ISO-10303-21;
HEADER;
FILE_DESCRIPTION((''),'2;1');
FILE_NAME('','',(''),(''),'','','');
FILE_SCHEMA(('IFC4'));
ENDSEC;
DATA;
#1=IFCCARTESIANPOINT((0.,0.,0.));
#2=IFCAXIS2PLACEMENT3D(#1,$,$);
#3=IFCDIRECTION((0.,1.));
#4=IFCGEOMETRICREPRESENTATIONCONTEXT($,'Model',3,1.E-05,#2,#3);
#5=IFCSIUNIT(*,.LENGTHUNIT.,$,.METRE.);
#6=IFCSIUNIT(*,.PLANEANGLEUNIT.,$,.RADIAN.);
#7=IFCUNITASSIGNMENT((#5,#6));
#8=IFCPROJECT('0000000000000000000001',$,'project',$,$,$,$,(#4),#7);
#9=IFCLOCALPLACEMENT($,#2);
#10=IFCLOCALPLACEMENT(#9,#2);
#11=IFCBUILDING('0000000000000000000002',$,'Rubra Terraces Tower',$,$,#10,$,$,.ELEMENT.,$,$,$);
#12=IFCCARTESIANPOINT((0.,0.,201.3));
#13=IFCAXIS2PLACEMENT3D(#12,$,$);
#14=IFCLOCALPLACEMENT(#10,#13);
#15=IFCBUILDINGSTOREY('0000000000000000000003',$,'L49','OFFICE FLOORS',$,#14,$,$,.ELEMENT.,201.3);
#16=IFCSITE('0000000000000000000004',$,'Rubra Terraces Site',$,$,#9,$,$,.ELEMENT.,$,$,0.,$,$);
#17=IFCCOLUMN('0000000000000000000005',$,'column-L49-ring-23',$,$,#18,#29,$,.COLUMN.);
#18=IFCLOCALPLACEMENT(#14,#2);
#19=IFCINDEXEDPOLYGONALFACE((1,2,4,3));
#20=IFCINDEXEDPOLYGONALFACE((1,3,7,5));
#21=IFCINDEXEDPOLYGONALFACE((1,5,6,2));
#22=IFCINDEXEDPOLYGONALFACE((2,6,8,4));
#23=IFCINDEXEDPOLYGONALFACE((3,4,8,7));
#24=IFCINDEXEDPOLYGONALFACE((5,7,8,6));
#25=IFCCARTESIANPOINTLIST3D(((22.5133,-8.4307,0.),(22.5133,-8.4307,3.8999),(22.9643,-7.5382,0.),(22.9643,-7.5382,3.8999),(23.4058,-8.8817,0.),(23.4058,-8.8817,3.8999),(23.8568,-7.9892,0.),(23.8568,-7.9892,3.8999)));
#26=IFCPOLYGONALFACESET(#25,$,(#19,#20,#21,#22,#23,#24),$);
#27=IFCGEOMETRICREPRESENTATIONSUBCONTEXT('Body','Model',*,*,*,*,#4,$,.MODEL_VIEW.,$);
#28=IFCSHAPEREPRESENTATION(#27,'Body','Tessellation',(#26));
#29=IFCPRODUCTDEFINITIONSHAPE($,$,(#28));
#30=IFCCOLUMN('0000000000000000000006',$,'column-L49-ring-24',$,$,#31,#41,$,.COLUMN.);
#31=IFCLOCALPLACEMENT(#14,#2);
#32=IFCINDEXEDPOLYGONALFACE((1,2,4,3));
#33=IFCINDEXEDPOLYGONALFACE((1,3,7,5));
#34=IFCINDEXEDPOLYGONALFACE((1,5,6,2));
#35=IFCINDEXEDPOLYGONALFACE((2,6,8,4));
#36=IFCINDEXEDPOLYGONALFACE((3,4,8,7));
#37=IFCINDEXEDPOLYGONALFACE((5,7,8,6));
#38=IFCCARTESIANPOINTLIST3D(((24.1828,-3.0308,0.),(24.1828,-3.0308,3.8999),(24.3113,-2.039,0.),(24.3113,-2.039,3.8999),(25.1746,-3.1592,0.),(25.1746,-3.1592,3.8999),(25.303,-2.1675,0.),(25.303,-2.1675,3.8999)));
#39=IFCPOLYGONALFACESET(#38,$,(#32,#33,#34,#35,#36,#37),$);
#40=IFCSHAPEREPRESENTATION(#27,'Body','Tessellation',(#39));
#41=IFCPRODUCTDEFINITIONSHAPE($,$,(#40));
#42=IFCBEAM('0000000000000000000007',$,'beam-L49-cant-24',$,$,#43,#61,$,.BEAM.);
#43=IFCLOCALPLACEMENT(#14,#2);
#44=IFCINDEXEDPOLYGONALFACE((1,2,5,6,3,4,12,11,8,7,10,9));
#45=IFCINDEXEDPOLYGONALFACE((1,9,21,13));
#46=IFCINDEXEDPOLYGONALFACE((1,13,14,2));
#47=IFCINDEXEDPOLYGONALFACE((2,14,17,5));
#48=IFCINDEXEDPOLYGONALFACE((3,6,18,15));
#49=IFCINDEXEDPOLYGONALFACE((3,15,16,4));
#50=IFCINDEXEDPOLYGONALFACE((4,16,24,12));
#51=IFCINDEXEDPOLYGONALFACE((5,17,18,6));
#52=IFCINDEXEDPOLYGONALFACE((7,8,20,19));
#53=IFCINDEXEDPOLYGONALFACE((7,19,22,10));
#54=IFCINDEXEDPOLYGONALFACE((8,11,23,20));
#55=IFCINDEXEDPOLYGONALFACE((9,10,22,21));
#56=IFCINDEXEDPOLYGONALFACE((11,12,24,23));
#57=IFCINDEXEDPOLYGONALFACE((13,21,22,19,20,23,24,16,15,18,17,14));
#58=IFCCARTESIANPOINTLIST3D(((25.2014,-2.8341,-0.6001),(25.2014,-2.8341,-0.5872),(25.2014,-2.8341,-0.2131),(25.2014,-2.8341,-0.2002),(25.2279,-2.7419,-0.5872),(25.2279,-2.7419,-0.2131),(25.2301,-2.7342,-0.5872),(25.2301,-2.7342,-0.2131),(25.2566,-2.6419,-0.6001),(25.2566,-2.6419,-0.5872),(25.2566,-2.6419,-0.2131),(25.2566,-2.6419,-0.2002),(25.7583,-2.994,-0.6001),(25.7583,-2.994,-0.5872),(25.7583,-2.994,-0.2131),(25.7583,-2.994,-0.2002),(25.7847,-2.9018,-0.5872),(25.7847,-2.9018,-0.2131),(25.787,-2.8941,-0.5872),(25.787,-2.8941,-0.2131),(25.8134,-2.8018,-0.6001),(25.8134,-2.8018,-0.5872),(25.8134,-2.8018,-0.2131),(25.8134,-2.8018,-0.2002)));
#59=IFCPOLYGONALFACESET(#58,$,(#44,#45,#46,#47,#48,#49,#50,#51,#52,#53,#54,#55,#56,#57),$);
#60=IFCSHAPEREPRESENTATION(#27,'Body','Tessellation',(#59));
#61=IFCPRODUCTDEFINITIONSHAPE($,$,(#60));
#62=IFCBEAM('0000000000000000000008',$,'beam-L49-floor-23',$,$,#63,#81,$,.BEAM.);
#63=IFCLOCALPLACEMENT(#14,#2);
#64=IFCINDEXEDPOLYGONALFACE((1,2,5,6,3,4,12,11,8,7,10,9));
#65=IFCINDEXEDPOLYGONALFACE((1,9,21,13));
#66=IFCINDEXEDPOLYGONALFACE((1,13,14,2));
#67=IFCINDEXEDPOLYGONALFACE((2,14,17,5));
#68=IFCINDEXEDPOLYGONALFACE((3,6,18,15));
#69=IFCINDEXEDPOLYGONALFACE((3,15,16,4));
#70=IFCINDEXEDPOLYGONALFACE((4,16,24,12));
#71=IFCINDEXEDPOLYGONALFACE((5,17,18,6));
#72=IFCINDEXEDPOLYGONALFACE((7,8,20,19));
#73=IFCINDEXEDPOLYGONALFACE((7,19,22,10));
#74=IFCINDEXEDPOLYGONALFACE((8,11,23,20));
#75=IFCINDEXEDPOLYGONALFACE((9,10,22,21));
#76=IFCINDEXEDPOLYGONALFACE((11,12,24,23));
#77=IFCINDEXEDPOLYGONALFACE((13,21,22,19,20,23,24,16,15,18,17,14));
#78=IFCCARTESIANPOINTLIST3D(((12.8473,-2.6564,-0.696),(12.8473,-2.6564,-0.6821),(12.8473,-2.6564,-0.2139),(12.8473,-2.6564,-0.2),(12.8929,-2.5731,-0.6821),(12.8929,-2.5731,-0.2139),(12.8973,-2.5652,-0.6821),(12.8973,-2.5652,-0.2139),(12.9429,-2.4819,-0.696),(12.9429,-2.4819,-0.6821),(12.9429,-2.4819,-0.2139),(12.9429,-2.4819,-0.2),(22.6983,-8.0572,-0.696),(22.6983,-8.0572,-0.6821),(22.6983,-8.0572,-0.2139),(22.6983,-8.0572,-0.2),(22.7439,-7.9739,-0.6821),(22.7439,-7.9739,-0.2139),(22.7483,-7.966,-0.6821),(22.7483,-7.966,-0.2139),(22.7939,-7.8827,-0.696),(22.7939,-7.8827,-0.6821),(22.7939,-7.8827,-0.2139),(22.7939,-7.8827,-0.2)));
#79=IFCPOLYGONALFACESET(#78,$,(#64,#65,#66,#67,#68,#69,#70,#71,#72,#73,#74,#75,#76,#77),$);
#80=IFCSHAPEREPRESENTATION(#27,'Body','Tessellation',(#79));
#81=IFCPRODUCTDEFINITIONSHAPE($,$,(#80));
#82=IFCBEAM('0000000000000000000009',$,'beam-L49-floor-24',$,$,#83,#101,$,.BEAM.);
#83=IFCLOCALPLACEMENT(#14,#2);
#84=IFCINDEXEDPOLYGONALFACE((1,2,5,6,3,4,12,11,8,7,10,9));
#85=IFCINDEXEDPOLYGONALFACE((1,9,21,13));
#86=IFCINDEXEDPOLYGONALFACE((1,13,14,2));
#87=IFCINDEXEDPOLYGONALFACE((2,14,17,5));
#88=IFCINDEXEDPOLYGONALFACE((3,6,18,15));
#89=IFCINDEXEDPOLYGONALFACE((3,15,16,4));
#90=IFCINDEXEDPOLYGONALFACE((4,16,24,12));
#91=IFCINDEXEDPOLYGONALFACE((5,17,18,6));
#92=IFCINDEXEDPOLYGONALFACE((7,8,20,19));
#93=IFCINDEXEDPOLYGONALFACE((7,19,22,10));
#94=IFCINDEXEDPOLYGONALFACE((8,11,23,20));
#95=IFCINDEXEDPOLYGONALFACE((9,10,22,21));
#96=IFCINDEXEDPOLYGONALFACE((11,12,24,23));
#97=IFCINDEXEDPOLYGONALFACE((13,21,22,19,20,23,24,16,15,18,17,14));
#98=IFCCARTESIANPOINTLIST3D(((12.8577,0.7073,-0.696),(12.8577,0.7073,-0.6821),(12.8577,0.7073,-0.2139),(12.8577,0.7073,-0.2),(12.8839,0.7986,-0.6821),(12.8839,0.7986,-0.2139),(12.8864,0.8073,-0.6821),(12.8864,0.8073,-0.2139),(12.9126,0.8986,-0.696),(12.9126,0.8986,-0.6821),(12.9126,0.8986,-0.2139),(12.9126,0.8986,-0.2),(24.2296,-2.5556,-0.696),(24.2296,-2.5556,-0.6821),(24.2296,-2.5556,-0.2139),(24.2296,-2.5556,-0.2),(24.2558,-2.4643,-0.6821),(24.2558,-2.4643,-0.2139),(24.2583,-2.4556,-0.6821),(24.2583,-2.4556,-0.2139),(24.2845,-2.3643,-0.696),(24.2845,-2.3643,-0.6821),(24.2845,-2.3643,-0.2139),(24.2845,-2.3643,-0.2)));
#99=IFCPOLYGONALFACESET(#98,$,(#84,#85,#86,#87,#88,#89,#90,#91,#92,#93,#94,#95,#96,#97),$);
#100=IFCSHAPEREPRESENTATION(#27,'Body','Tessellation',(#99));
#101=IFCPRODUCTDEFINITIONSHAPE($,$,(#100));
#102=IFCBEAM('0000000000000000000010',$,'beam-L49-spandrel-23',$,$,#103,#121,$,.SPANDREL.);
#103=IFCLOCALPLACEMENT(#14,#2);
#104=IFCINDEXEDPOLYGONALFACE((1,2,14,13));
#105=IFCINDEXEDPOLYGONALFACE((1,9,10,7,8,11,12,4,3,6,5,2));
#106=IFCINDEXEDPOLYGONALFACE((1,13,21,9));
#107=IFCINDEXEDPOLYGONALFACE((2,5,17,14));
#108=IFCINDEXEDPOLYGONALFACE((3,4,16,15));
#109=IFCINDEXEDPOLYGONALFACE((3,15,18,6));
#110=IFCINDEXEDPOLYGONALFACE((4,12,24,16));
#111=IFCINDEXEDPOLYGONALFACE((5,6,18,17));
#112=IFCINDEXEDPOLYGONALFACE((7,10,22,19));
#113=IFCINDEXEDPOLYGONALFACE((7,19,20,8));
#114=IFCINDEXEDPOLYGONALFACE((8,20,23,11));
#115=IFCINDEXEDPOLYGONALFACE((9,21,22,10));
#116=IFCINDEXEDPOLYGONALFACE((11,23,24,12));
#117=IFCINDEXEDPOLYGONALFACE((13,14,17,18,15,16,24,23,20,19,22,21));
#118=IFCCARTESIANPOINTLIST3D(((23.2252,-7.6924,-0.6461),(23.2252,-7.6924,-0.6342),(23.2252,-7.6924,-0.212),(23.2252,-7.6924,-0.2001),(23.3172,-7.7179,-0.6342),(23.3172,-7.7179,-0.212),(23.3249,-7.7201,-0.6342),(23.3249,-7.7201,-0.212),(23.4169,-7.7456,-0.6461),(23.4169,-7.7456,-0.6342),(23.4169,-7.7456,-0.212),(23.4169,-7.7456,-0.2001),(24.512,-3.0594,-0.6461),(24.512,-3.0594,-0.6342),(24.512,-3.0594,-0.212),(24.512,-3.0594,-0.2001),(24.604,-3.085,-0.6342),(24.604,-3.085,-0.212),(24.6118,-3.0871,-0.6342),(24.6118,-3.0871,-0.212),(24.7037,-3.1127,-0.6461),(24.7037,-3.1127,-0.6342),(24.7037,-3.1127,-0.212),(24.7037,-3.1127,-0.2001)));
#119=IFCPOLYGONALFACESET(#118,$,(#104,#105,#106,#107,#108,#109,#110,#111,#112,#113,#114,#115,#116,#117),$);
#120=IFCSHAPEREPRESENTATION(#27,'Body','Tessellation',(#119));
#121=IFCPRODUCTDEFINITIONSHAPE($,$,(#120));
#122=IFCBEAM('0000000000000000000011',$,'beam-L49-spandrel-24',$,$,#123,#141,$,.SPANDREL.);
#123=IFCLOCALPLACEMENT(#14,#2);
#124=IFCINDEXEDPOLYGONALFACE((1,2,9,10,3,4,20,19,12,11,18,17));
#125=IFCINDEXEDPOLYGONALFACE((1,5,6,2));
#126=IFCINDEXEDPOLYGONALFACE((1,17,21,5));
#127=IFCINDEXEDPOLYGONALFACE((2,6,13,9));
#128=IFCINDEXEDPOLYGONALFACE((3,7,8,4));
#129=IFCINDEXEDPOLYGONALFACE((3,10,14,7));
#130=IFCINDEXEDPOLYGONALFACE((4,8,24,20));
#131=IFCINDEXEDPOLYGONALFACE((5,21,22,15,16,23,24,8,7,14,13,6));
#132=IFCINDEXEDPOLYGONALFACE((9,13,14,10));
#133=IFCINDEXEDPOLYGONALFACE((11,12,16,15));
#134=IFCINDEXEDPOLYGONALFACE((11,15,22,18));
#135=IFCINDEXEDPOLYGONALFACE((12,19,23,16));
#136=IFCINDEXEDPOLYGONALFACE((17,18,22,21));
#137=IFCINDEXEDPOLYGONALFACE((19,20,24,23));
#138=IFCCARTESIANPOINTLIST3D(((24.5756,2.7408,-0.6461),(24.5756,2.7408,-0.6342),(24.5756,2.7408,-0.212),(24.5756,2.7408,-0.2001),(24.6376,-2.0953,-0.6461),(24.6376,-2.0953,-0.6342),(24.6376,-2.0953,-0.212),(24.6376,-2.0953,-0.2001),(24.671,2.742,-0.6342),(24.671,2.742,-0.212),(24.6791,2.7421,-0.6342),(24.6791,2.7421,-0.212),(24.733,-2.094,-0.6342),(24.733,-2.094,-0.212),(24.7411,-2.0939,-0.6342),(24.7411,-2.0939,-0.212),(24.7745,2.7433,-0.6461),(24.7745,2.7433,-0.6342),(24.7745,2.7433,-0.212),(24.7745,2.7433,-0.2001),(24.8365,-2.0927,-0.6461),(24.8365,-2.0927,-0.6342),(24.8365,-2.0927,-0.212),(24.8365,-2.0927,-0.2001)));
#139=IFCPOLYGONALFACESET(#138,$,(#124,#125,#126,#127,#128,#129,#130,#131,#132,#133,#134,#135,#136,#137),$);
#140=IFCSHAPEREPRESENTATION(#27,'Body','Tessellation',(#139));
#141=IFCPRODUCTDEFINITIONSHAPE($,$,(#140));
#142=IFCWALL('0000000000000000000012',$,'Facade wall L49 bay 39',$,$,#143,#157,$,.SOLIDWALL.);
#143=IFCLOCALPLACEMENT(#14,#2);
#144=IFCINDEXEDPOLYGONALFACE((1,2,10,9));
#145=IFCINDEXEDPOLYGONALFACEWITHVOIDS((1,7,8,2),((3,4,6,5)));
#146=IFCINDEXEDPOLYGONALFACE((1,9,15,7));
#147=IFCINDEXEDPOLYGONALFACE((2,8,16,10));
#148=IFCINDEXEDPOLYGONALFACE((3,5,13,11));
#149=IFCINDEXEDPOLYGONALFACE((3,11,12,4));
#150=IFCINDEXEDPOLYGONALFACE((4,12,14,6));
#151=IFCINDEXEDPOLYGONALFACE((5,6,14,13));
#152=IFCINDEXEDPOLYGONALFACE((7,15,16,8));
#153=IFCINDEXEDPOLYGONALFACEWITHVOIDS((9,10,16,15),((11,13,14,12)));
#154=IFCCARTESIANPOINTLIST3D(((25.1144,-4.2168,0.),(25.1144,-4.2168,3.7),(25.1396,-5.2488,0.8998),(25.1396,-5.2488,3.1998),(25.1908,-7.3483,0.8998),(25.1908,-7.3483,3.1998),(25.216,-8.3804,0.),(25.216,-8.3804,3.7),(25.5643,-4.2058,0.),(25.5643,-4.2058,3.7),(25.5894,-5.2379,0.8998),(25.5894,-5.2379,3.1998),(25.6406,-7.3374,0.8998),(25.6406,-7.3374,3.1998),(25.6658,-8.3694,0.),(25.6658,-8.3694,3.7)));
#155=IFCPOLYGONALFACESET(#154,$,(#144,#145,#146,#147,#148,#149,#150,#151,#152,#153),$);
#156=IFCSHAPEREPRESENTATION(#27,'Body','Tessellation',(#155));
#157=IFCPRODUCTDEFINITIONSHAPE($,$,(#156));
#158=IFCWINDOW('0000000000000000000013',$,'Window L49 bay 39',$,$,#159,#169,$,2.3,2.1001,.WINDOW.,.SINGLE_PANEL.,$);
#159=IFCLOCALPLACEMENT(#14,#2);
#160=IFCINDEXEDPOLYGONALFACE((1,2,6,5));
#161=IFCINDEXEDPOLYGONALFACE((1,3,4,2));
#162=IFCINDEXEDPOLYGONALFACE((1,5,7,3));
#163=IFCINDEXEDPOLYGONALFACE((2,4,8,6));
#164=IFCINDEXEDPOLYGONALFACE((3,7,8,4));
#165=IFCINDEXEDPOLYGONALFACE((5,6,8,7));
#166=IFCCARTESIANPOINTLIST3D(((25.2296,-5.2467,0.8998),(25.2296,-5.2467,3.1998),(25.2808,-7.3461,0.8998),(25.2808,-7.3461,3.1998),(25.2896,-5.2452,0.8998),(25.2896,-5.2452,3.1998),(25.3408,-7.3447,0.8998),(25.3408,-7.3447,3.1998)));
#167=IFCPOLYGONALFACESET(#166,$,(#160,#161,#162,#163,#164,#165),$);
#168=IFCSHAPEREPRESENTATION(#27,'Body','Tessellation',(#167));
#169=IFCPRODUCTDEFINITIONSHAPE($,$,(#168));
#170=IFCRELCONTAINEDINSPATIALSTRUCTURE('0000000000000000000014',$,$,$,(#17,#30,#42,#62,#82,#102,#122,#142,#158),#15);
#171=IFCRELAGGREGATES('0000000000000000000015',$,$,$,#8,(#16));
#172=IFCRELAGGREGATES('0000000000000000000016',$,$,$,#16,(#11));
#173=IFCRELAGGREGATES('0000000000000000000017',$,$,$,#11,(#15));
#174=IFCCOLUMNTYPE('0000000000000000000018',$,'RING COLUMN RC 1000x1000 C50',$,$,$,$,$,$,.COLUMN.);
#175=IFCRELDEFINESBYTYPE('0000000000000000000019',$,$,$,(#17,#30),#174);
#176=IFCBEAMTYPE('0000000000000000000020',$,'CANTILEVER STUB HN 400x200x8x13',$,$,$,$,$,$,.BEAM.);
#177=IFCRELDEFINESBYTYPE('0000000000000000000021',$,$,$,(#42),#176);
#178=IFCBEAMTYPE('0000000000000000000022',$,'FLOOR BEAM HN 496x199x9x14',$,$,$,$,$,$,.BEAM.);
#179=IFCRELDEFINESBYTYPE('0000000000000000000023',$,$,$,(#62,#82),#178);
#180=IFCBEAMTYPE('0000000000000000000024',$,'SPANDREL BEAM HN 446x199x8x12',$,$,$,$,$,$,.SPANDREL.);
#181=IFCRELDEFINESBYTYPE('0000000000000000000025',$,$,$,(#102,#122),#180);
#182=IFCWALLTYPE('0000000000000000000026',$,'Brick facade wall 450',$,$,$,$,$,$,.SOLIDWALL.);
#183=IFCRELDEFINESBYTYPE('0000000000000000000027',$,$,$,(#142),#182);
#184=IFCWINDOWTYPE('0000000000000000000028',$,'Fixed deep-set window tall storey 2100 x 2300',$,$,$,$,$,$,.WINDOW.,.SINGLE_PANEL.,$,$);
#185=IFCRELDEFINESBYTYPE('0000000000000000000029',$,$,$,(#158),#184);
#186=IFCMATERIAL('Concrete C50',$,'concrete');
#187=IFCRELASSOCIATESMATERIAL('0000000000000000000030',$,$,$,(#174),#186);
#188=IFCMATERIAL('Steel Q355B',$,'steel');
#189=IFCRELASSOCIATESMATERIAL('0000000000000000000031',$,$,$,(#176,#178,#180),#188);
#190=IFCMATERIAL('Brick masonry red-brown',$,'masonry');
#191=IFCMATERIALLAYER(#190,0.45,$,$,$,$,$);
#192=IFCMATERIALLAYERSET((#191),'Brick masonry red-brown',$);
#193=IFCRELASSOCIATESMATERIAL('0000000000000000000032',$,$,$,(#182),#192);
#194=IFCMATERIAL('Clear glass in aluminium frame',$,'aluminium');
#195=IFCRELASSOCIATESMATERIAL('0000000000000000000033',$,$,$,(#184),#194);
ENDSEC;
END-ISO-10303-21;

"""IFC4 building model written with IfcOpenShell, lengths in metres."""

from ifc_helpers import new_model, si_unit, direction, frame, frame_2d, origin, origin_2d, place, context, subcontext, project, spatial, rectangle, i_section, extrude, material, layer, layer_set, material_profile, profile_set, type_object, element, fill, save


model = new_model("IFC4")

# Units and contexts
model_context = context("Model", 3, precision=1e-05, world=origin(), true_north=direction((0.0, 1.0)))
body_context = subcontext(model_context, "Body", "Model", "MODEL_VIEW")
ifc_project = project(units=[si_unit("LENGTHUNIT", "METRE"), si_unit("PLANEANGLEUNIT", "RADIAN")], contexts=[model_context])

# Site, building, storey
site_placement = place(None, origin())
site = spatial("IfcSite", under=ifc_project, at=site_placement, Name="Rubra Terraces Site", CompositionType="ELEMENT", RefElevation=0.0)
building_placement = place(site_placement, origin())
building = spatial("IfcBuilding", under=site, at=building_placement, Name="Rubra Terraces Tower", CompositionType="ELEMENT")
storey_placement = place(building_placement, frame((0.0, 0.0, 201.3)))
storey = spatial("IfcBuildingStorey", under=building, at=storey_placement, Name="L49", Description="OFFICE FLOORS", CompositionType="ELEMENT", Elevation=201.3)

# Columns
ifc_material_1 = material(Name="Concrete C50", Category="concrete")
ifc_material_profile_1 = material_profile(ifc_material_1, rectangle(XDim=1.0, YDim=1.0, at=origin_2d()), Name="RC 1000x1000")
ifc_profile_set_1 = profile_set([ifc_material_profile_1], Name="Concrete C50")
column_type = type_object("IfcColumnType", Name="RING COLUMN RC 1000x1000 C50", PredefinedType="COLUMN", material=ifc_profile_set_1)
for number, where, z_axis, x_axis, name in (
    (1, (23.1851, -8.21, 0.0), (0.0, 0.0, 1.0), (0.451028, 0.89251, 0.0), "column-L49-ring-23"),
    (2, (24.7429, -2.5991, 0.0), (0.0, 0.0, 1.0), (0.128444, 0.991717, 0.0), "column-L49-ring-24"),
):
    element("IfcColumn", number, at=place(storey_placement, frame(where, z_axis=z_axis, x_axis=x_axis)), inside=storey, type_object=column_type, Name=name, PredefinedType="COLUMN", context=body_context, shape_type="SweptSolid", body=[
        extrude(rectangle(XDim=1.0, YDim=1.0, at=origin_2d()), origin(), (0.0, 0.0, 1.0), 3.8999),
    ])

# Beams
ifc_material_2 = material(Name="Steel Q355B", Category="steel")
ifc_material_profile_2 = material_profile(ifc_material_2, i_section(OverallWidth=0.2, OverallDepth=0.3999, WebThickness=0.0081, FlangeThickness=0.0129, at=origin_2d()), Name="HN 400x200x8x13")
ifc_profile_set_2 = profile_set([ifc_material_profile_2], Name="Steel Q355B")
beam_type_1 = type_object("IfcBeamType", Name="CANTILEVER STUB HN 400x200x8x13", PredefinedType="BEAM", material=ifc_profile_set_2)
beam_1_placement = place(storey_placement, frame((25.229, -2.738, -0.4001), z_axis=(0.961157, -0.276001, 0.0), x_axis=(0.276001, 0.961157, 0.0)))
element("IfcBeam", 3, at=beam_1_placement, inside=storey, type_object=beam_type_1, Name="beam-L49-cant-24", PredefinedType="BEAM", context=body_context, shape_type="SweptSolid", body=[
    extrude(i_section(OverallWidth=0.2, OverallDepth=0.3999, WebThickness=0.0081, FlangeThickness=0.0129, at=origin_2d()), origin(), (0.0, 0.0, 1.0), 0.5793),
])
ifc_material_profile_3 = material_profile(ifc_material_2, i_section(OverallWidth=0.199, OverallDepth=0.4961, WebThickness=0.009, FlangeThickness=0.0139, at=origin_2d()), Name="HN 496x199x9x14")
ifc_profile_set_3 = profile_set([ifc_material_profile_3], Name="Steel Q355B")
beam_type_2 = type_object("IfcBeamType", Name="FLOOR BEAM HN 496x199x9x14", PredefinedType="BEAM", material=ifc_profile_set_3)
beam_2_placement = place(storey_placement, frame((22.7461, -7.97, -0.448), z_axis=(-0.876862, 0.480742, 0.0), x_axis=(-0.480742, -0.876862, 0.0)))
element("IfcBeam", 4, at=beam_2_placement, inside=storey, type_object=beam_type_2, Name="beam-L49-floor-23", PredefinedType="BEAM", context=body_context, shape_type="SweptSolid", body=[
    extrude(i_section(OverallWidth=0.199, OverallDepth=0.4961, WebThickness=0.009, FlangeThickness=0.0139, at=origin_2d()), origin(), (0.0, 0.0, 1.0), 11.2344),
])
beam_3_placement = place(storey_placement, frame((24.2571, -2.46, -0.448), z_axis=(-0.961216, 0.275798, 0.0), x_axis=(-0.275798, -0.961216, 0.0)))
element("IfcBeam", 5, at=beam_3_placement, inside=storey, type_object=beam_type_2, Name="beam-L49-floor-24", PredefinedType="BEAM", context=body_context, shape_type="SweptSolid", body=[
    extrude(i_section(OverallWidth=0.199, OverallDepth=0.4961, WebThickness=0.009, FlangeThickness=0.0139, at=origin_2d()), origin(), (0.0, 0.0, 1.0), 11.8308),
])
ifc_material_profile_4 = material_profile(ifc_material_2, i_section(OverallWidth=0.199, OverallDepth=0.446, WebThickness=0.0081, FlangeThickness=0.012, at=origin_2d()), Name="HN 446x199x8x12")
ifc_profile_set_4 = profile_set([ifc_material_profile_4], Name="Steel Q355B")
beam_type_3 = type_object("IfcBeamType", Name="SPANDREL BEAM HN 446x199x8x12", PredefinedType="SPANDREL", material=ifc_profile_set_4)
beam_4_placement = place(storey_placement, frame((23.321, -7.719, -0.4231), z_axis=(0.267626, 0.963523, 0.0), x_axis=(-0.963523, 0.267626, 0.0)))
element("IfcBeam", 6, at=beam_4_placement, inside=storey, type_object=beam_type_3, Name="beam-L49-spandrel-23", PredefinedType="SPANDREL", context=body_context, shape_type="SweptSolid", body=[
    extrude(i_section(OverallWidth=0.199, OverallDepth=0.446, WebThickness=0.0081, FlangeThickness=0.012, at=origin_2d()), origin(), (0.0, 0.0, 1.0), 4.8083),
])
beam_5_placement = place(storey_placement, frame((24.7371, -2.094, -0.4231), z_axis=(-0.012822, 0.999918, 0.0), x_axis=(-0.999918, -0.012822, 0.0)))
element("IfcBeam", 7, at=beam_5_placement, inside=storey, type_object=beam_type_3, Name="beam-L49-spandrel-24", PredefinedType="SPANDREL", context=body_context, shape_type="SweptSolid", body=[
    extrude(i_section(OverallWidth=0.199, OverallDepth=0.446, WebThickness=0.0081, FlangeThickness=0.012, at=origin_2d()), origin(), (0.0, 0.0, 1.0), 4.8364),
])

# Wall, opening, window
ifc_material_3 = material(Name="Brick masonry red-brown", Category="masonry")
ifc_layer_1 = layer(ifc_material_3, 0.45)
ifc_layer_set_1 = layer_set([ifc_layer_1], Name="Brick masonry red-brown")
wall_type_1 = type_object("IfcWallType", Name="Brick facade wall 450", PredefinedType="SOLIDWALL", material=ifc_layer_set_1)
wall_1_placement = place(storey_placement, frame((25.4409, -8.375, 0.0), z_axis=(0.0, 0.0, 1.0), x_axis=(-0.024386, 0.999703, 0.0)))
wall_1 = element("IfcWall", 8, at=wall_1_placement, inside=storey, type_object=wall_type_1, Name="Facade wall L49 bay 39", PredefinedType="SOLIDWALL", context=body_context, shape_type="SweptSolid", body=[
    extrude(rectangle(XDim=4.1648, YDim=0.45, at=frame_2d((2.0825, 0.0))), origin(), (0.0, 0.0, 1.0), 3.7),
])
opening_1_placement = place(wall_1_placement, frame((1.0325, 0.0, 0.8999)))
opening_1 = element("IfcOpeningElement", 9, at=opening_1_placement, cuts=wall_1, PredefinedType="OPENING", context=body_context, shape_type="SweptSolid", body=[
    extrude(rectangle(XDim=2.1001, YDim=2.3, at=frame_2d((1.05, 1.1499))), frame((0.0, 0.2349, 0.0), z_axis=(0.0, -1.0, 0.0), x_axis=(1.0, 0.0, 0.0)), (0.0, 0.0, 1.0), 0.47),
])
ifc_material_4 = material(Name="Clear glass in aluminium frame", Category="aluminium")
window_type = type_object("IfcWindowType", Name="Fixed deep-set window tall storey 2100 x 2300", PartitioningType="SINGLE_PANEL", PredefinedType="WINDOW", material=ifc_material_4)
window_1_placement = place(opening_1_placement, origin())
window_1 = element("IfcWindow", 10, at=window_1_placement, inside=storey, type_object=window_type, Name="Window L49 bay 39", OverallHeight=2.3, OverallWidth=2.1001, PartitioningType="SINGLE_PANEL", PredefinedType="WINDOW", context=body_context, shape_type="SweptSolid", body=[
    extrude(rectangle(XDim=2.1001, YDim=2.3, at=frame_2d((1.05, 1.1499))), frame((0.0, 0.135, 0.0), z_axis=(0.0, -1.0, 0.0), x_axis=(1.0, 0.0, 0.0)), (0.0, 0.0, 1.0), 0.0601),
])
fill(opening_1, window_1)

save(model, "model.ifc")
